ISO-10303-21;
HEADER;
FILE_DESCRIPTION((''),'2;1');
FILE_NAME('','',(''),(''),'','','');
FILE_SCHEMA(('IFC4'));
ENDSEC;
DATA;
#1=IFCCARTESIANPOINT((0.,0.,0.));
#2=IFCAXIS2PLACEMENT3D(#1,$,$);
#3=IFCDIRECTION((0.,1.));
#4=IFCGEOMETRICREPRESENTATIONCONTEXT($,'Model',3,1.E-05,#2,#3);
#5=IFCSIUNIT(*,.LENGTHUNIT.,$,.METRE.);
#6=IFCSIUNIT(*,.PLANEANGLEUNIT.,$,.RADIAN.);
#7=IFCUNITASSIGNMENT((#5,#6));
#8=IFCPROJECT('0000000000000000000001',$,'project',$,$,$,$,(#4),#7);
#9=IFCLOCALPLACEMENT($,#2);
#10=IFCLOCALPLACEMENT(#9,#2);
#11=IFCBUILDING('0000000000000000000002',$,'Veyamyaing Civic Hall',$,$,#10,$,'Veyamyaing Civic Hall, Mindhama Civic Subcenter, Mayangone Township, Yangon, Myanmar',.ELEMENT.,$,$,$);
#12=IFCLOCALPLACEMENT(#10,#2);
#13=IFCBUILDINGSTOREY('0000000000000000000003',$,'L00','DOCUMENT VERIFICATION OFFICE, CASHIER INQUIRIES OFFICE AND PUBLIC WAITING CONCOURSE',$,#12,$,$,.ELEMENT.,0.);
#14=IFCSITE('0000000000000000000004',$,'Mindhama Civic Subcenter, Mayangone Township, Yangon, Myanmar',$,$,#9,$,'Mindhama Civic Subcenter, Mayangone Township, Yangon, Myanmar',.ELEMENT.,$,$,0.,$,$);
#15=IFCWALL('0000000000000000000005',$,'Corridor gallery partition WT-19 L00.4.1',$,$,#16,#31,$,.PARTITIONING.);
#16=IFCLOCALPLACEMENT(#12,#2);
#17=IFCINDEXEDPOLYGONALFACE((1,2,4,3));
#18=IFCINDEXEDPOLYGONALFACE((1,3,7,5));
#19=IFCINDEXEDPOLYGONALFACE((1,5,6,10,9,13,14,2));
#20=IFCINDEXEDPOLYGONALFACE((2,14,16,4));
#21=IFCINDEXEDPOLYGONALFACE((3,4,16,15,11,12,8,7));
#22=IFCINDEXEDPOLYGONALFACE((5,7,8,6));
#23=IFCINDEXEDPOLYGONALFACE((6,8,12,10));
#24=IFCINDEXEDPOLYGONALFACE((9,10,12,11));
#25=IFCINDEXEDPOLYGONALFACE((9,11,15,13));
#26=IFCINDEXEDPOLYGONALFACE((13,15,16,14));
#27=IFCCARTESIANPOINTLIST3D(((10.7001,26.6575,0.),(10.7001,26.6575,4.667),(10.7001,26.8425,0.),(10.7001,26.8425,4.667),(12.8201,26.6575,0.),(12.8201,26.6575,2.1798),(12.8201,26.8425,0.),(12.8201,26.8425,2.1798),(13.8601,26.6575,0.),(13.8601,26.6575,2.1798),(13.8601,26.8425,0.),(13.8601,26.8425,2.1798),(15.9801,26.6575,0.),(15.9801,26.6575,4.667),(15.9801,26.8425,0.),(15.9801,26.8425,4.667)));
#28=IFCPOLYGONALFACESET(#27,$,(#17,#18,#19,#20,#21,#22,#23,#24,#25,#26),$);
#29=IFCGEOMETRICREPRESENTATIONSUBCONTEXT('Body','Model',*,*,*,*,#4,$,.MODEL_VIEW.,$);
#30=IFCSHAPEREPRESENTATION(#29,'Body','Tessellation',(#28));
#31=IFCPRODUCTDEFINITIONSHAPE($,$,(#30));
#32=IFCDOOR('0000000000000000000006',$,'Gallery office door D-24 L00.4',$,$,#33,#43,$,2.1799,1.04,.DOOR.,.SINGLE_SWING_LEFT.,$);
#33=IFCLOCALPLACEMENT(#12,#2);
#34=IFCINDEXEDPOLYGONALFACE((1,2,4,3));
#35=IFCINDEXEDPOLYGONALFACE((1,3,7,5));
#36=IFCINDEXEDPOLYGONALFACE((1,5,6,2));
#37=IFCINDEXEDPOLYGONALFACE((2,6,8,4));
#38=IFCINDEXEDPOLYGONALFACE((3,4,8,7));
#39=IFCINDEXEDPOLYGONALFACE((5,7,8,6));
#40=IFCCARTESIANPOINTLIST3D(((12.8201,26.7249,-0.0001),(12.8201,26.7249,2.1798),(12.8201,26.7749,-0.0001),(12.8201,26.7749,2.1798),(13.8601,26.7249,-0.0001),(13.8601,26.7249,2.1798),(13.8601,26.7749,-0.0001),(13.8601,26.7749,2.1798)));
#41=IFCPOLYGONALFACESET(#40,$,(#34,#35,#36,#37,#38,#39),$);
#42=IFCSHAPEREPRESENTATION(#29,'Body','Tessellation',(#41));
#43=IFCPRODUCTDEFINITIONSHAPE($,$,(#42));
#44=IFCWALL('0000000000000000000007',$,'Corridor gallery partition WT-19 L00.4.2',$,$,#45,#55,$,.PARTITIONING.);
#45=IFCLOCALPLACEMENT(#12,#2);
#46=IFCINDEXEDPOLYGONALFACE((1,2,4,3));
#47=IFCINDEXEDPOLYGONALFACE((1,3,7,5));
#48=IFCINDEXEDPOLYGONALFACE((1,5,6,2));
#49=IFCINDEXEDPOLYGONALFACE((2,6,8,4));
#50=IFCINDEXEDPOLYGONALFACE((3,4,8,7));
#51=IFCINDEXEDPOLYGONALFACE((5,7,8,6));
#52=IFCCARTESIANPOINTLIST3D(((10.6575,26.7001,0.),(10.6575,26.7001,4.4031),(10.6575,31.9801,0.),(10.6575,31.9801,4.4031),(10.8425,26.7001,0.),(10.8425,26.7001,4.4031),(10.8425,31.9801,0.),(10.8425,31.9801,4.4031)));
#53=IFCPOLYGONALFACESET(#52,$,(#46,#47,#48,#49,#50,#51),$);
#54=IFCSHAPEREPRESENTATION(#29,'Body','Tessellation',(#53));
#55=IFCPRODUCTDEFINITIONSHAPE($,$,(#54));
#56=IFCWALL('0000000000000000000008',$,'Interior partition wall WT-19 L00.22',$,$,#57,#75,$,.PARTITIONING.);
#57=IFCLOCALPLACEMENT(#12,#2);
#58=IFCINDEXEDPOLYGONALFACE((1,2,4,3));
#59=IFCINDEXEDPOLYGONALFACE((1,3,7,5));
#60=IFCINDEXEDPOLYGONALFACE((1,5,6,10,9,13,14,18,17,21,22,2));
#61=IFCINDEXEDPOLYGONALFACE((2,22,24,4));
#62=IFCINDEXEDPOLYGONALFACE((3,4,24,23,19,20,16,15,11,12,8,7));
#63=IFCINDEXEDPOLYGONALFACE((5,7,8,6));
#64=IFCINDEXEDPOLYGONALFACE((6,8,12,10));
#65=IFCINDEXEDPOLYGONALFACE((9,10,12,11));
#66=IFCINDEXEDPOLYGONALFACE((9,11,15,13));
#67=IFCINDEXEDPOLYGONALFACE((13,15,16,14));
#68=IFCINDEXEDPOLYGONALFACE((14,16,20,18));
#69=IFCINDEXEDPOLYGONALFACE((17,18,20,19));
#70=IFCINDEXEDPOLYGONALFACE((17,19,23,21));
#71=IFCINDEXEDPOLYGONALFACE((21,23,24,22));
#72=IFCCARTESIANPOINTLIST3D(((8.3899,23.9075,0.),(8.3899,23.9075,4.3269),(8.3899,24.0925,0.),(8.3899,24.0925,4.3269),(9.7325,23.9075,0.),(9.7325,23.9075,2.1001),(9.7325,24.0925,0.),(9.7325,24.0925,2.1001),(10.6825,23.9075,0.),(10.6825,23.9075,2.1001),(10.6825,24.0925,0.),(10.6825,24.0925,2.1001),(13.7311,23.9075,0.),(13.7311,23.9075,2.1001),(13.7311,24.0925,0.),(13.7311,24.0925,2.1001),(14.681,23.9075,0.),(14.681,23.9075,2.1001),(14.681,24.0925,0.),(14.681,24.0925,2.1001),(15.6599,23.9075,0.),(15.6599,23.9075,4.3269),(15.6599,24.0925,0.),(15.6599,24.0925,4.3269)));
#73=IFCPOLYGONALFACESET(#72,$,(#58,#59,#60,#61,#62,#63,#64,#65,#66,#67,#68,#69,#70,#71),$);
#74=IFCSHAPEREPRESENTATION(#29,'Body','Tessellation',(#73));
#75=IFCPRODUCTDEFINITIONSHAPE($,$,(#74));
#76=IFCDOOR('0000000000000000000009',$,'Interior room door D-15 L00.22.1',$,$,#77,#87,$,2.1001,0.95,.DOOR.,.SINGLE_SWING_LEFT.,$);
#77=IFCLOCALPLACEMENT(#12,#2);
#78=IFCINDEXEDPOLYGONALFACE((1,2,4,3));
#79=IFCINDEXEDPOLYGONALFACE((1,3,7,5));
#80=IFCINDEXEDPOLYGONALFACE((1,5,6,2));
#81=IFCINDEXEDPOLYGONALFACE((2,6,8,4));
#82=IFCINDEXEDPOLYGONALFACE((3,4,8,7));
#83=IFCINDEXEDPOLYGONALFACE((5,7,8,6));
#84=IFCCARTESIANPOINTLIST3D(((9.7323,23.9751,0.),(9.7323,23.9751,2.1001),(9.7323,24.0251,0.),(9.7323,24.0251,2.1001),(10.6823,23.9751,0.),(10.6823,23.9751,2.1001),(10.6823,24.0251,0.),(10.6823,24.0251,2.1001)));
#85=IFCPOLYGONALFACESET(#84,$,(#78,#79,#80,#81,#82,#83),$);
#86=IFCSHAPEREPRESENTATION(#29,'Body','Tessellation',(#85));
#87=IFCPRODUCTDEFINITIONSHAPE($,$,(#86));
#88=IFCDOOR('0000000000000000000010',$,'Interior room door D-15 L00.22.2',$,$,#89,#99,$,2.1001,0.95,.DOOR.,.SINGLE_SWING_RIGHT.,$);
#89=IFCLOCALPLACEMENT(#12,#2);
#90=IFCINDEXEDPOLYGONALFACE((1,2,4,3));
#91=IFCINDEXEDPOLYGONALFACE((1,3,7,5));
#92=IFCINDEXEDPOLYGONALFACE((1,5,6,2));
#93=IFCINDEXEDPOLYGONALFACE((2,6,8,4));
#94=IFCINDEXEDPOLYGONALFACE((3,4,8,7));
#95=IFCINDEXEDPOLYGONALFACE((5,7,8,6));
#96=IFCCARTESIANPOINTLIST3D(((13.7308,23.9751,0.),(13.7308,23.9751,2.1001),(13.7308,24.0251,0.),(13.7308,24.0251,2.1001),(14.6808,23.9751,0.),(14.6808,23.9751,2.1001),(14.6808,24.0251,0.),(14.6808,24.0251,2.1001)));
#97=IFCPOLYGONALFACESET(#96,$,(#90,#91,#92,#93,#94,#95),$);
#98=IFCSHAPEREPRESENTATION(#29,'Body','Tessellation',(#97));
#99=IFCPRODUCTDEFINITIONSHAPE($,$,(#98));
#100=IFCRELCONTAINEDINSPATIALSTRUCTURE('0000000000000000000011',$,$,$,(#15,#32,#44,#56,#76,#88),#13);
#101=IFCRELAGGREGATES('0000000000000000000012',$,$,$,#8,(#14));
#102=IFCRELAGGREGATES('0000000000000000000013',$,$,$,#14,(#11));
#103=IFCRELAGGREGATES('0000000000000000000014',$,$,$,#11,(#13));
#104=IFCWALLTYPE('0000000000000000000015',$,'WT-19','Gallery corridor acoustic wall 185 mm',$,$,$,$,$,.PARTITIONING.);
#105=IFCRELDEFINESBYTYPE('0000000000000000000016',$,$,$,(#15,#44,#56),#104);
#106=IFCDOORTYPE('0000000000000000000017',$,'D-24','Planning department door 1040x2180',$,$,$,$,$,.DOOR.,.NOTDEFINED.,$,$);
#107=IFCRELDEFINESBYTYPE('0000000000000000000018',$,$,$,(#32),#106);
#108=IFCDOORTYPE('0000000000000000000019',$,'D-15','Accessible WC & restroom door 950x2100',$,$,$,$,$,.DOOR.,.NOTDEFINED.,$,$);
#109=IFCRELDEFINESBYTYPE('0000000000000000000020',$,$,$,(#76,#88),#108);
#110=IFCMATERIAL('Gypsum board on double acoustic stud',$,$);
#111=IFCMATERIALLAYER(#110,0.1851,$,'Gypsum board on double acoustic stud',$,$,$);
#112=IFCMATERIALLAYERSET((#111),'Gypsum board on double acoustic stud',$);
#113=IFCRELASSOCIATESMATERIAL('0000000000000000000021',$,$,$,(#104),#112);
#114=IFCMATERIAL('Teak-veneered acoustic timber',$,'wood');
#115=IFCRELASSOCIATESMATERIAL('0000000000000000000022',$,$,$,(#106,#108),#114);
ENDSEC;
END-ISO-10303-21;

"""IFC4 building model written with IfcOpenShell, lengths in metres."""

from ifc_helpers import new_model, si_unit, direction, frame, frame_2d, origin, place, context, subcontext, project, spatial, rectangle, extrude, material, layer, layer_set, type_object, element, fill, save


model = new_model("IFC4")

# Units and contexts
model_context = context("Model", 3, precision=1e-05, world=origin(), true_north=direction((0.0, 1.0)))
body_context = subcontext(model_context, "Body", "Model", "MODEL_VIEW")
ifc_project = project(units=[si_unit("LENGTHUNIT", "METRE"), si_unit("PLANEANGLEUNIT", "RADIAN")], contexts=[model_context])

# Site, building, storey
site_placement = place(None, origin())
site = spatial("IfcSite", under=ifc_project, at=site_placement, Name="Mindhama Civic Subcenter, Mayangone Township, Yangon, Myanmar", LongName="Mindhama Civic Subcenter, Mayangone Township, Yangon, Myanmar", CompositionType="ELEMENT", RefElevation=0.0)
building_placement = place(site_placement, origin())
building = spatial("IfcBuilding", under=site, at=building_placement, Name="Veyamyaing Civic Hall", LongName="Veyamyaing Civic Hall, Mindhama Civic Subcenter, Mayangone Township, Yangon, Myanmar", CompositionType="ELEMENT")
storey_placement = place(building_placement, origin())
storey = spatial("IfcBuildingStorey", under=building, at=storey_placement, Name="L00", Description="DOCUMENT VERIFICATION OFFICE, CASHIER INQUIRIES OFFICE AND PUBLIC WAITING CONCOURSE", CompositionType="ELEMENT", Elevation=0.0)

# Shared definitions
ifc_material_1 = material(Name="Teak-veneered acoustic timber", Category="wood")

# Wall, opening, door
ifc_material_2 = material(Name="Gypsum board on double acoustic stud")
ifc_layer_1 = layer(ifc_material_2, 0.1851, Name="Gypsum board on double acoustic stud")
ifc_layer_set_1 = layer_set([ifc_layer_1], Name="Gypsum board on double acoustic stud")
wall_type_1 = type_object("IfcWallType", Name="WT-19", Description="Gallery corridor acoustic wall 185 mm", PredefinedType="PARTITIONING", material=ifc_layer_set_1)
wall_1_placement = place(storey_placement, frame((10.7, 26.75, 0.0), z_axis=(0.0, 0.0, 1.0), x_axis=(1.0, 0.0, 0.0)))
wall_1 = element("IfcWall", 1, at=wall_1_placement, inside=storey, type_object=wall_type_1, Name="Corridor gallery partition WT-19 L00.4.1", PredefinedType="PARTITIONING", context=body_context, shape_type="SweptSolid", body=[
    extrude(rectangle(XDim=5.28, YDim=0.1851, at=frame_2d((2.6401, 0.0))), origin(), (0.0, 0.0, 1.0), 4.667),
])
opening_1_placement = place(wall_1_placement, frame((2.1201, 0.0, 0.0)))
opening_1 = element("IfcOpeningElement", 2, at=opening_1_placement, cuts=wall_1, PredefinedType="OPENING", context=body_context, shape_type="SweptSolid", body=[
    extrude(rectangle(XDim=1.04, YDim=2.1799, at=frame_2d((0.52, 1.0898))), frame((0.0, 0.1025, 0.0), z_axis=(0.0, -1.0, 0.0), x_axis=(1.0, 0.0, 0.0)), (0.0, 0.0, 1.0), 0.2051),
])
door_type_1 = type_object("IfcDoorType", Name="D-24", Description="Planning department door 1040x2180", OperationType="NOTDEFINED", PredefinedType="DOOR", material=ifc_material_1)
door_1_placement = place(opening_1_placement, origin())
door_1 = element("IfcDoor", 3, at=door_1_placement, inside=storey, type_object=door_type_1, Name="Gallery office door D-24 L00.4", OperationType="SINGLE_SWING_LEFT", OverallHeight=2.1799, OverallWidth=1.04, PredefinedType="DOOR", context=body_context, shape_type="SweptSolid", body=[
    extrude(rectangle(XDim=1.04, YDim=2.1799, at=frame_2d((0.52, 1.0898))), frame((0.0, 0.0249, 0.0), z_axis=(0.0, -1.0, 0.0), x_axis=(1.0, 0.0, 0.0)), (0.0, 0.0, 1.0), 0.05),
])
fill(opening_1, door_1)

# Wall
wall_2_placement = place(storey_placement, frame((10.75, 26.7, 0.0), z_axis=(0.0, 0.0, 1.0), x_axis=(0.0, 1.0, 0.0)))
element("IfcWall", 4, at=wall_2_placement, inside=storey, type_object=wall_type_1, Name="Corridor gallery partition WT-19 L00.4.2", PredefinedType="PARTITIONING", context=body_context, shape_type="SweptSolid", body=[
    extrude(rectangle(XDim=5.28, YDim=0.1851, at=frame_2d((2.6401, 0.0))), origin(), (0.0, 0.0, 1.0), 4.4031),
])

# Wall, openings, doors
wall_3_placement = place(storey_placement, frame((8.3899, 24.0, 0.0), z_axis=(0.0, 0.0, 1.0), x_axis=(1.0, 0.0, 0.0)))
wall_3 = element("IfcWall", 5, at=wall_3_placement, inside=storey, type_object=wall_type_1, Name="Interior partition wall WT-19 L00.22", PredefinedType="PARTITIONING", context=body_context, shape_type="SweptSolid", body=[
    extrude(rectangle(XDim=7.27, YDim=0.1851, at=frame_2d((3.635, 0.0))), origin(), (0.0, 0.0, 1.0), 4.3269),
])
opening_2_placement = place(wall_3_placement, frame((1.3425, 0.0, 0.0)))
opening_2 = element("IfcOpeningElement", 6, at=opening_2_placement, cuts=wall_3, PredefinedType="OPENING", context=body_context, shape_type="SweptSolid", body=[
    extrude(rectangle(XDim=0.95, YDim=2.1001, at=frame_2d((0.4751, 1.05))), frame((0.0, 0.1025, 0.0), z_axis=(0.0, -1.0, 0.0), x_axis=(1.0, 0.0, 0.0)), (0.0, 0.0, 1.0), 0.2051),
])
opening_3_placement = place(wall_3_placement, frame((5.3411, 0.0, 0.0)))
opening_3 = element("IfcOpeningElement", 7, at=opening_3_placement, cuts=wall_3, PredefinedType="OPENING", context=body_context, shape_type="SweptSolid", body=[
    extrude(rectangle(XDim=0.95, YDim=2.1001, at=frame_2d((0.4751, 1.05))), frame((0.0, 0.1025, 0.0), z_axis=(0.0, -1.0, 0.0), x_axis=(1.0, 0.0, 0.0)), (0.0, 0.0, 1.0), 0.2051),
])
door_type_2 = type_object("IfcDoorType", Name="D-15", Description="Accessible WC & restroom door 950x2100", OperationType="NOTDEFINED", PredefinedType="DOOR", material=ifc_material_1)
door_2_placement = place(opening_2_placement, frame((0.95, 0.0, 0.0), z_axis=(0.0, 0.0, 1.0), x_axis=(-1.0, 0.0, 0.0)))
door_2 = element("IfcDoor", 8, at=door_2_placement, inside=storey, type_object=door_type_2, Name="Interior room door D-15 L00.22.1", OperationType="SINGLE_SWING_LEFT", OverallHeight=2.1001, OverallWidth=0.95, PredefinedType="DOOR", context=body_context, shape_type="SweptSolid", body=[
    extrude(rectangle(XDim=0.95, YDim=2.1001, at=frame_2d((0.4751, 1.05))), frame((0.0, 0.0249, 0.0), z_axis=(0.0, -1.0, 0.0), x_axis=(1.0, 0.0, 0.0)), (0.0, 0.0, 1.0), 0.05),
])
fill(opening_2, door_2)
door_3_placement = place(opening_3_placement, frame((0.95, 0.0, 0.0), z_axis=(0.0, 0.0, 1.0), x_axis=(-1.0, 0.0, 0.0)))
door_3 = element("IfcDoor", 9, at=door_3_placement, inside=storey, type_object=door_type_2, Name="Interior room door D-15 L00.22.2", OperationType="SINGLE_SWING_RIGHT", OverallHeight=2.1001, OverallWidth=0.95, PredefinedType="DOOR", context=body_context, shape_type="SweptSolid", body=[
    extrude(rectangle(XDim=0.95, YDim=2.1001, at=frame_2d((0.4751, 1.05))), frame((0.0, 0.0249, 0.0), z_axis=(0.0, -1.0, 0.0), x_axis=(1.0, 0.0, 0.0)), (0.0, 0.0, 1.0), 0.05),
])
fill(opening_3, door_3)

save(model, "model.ifc")
